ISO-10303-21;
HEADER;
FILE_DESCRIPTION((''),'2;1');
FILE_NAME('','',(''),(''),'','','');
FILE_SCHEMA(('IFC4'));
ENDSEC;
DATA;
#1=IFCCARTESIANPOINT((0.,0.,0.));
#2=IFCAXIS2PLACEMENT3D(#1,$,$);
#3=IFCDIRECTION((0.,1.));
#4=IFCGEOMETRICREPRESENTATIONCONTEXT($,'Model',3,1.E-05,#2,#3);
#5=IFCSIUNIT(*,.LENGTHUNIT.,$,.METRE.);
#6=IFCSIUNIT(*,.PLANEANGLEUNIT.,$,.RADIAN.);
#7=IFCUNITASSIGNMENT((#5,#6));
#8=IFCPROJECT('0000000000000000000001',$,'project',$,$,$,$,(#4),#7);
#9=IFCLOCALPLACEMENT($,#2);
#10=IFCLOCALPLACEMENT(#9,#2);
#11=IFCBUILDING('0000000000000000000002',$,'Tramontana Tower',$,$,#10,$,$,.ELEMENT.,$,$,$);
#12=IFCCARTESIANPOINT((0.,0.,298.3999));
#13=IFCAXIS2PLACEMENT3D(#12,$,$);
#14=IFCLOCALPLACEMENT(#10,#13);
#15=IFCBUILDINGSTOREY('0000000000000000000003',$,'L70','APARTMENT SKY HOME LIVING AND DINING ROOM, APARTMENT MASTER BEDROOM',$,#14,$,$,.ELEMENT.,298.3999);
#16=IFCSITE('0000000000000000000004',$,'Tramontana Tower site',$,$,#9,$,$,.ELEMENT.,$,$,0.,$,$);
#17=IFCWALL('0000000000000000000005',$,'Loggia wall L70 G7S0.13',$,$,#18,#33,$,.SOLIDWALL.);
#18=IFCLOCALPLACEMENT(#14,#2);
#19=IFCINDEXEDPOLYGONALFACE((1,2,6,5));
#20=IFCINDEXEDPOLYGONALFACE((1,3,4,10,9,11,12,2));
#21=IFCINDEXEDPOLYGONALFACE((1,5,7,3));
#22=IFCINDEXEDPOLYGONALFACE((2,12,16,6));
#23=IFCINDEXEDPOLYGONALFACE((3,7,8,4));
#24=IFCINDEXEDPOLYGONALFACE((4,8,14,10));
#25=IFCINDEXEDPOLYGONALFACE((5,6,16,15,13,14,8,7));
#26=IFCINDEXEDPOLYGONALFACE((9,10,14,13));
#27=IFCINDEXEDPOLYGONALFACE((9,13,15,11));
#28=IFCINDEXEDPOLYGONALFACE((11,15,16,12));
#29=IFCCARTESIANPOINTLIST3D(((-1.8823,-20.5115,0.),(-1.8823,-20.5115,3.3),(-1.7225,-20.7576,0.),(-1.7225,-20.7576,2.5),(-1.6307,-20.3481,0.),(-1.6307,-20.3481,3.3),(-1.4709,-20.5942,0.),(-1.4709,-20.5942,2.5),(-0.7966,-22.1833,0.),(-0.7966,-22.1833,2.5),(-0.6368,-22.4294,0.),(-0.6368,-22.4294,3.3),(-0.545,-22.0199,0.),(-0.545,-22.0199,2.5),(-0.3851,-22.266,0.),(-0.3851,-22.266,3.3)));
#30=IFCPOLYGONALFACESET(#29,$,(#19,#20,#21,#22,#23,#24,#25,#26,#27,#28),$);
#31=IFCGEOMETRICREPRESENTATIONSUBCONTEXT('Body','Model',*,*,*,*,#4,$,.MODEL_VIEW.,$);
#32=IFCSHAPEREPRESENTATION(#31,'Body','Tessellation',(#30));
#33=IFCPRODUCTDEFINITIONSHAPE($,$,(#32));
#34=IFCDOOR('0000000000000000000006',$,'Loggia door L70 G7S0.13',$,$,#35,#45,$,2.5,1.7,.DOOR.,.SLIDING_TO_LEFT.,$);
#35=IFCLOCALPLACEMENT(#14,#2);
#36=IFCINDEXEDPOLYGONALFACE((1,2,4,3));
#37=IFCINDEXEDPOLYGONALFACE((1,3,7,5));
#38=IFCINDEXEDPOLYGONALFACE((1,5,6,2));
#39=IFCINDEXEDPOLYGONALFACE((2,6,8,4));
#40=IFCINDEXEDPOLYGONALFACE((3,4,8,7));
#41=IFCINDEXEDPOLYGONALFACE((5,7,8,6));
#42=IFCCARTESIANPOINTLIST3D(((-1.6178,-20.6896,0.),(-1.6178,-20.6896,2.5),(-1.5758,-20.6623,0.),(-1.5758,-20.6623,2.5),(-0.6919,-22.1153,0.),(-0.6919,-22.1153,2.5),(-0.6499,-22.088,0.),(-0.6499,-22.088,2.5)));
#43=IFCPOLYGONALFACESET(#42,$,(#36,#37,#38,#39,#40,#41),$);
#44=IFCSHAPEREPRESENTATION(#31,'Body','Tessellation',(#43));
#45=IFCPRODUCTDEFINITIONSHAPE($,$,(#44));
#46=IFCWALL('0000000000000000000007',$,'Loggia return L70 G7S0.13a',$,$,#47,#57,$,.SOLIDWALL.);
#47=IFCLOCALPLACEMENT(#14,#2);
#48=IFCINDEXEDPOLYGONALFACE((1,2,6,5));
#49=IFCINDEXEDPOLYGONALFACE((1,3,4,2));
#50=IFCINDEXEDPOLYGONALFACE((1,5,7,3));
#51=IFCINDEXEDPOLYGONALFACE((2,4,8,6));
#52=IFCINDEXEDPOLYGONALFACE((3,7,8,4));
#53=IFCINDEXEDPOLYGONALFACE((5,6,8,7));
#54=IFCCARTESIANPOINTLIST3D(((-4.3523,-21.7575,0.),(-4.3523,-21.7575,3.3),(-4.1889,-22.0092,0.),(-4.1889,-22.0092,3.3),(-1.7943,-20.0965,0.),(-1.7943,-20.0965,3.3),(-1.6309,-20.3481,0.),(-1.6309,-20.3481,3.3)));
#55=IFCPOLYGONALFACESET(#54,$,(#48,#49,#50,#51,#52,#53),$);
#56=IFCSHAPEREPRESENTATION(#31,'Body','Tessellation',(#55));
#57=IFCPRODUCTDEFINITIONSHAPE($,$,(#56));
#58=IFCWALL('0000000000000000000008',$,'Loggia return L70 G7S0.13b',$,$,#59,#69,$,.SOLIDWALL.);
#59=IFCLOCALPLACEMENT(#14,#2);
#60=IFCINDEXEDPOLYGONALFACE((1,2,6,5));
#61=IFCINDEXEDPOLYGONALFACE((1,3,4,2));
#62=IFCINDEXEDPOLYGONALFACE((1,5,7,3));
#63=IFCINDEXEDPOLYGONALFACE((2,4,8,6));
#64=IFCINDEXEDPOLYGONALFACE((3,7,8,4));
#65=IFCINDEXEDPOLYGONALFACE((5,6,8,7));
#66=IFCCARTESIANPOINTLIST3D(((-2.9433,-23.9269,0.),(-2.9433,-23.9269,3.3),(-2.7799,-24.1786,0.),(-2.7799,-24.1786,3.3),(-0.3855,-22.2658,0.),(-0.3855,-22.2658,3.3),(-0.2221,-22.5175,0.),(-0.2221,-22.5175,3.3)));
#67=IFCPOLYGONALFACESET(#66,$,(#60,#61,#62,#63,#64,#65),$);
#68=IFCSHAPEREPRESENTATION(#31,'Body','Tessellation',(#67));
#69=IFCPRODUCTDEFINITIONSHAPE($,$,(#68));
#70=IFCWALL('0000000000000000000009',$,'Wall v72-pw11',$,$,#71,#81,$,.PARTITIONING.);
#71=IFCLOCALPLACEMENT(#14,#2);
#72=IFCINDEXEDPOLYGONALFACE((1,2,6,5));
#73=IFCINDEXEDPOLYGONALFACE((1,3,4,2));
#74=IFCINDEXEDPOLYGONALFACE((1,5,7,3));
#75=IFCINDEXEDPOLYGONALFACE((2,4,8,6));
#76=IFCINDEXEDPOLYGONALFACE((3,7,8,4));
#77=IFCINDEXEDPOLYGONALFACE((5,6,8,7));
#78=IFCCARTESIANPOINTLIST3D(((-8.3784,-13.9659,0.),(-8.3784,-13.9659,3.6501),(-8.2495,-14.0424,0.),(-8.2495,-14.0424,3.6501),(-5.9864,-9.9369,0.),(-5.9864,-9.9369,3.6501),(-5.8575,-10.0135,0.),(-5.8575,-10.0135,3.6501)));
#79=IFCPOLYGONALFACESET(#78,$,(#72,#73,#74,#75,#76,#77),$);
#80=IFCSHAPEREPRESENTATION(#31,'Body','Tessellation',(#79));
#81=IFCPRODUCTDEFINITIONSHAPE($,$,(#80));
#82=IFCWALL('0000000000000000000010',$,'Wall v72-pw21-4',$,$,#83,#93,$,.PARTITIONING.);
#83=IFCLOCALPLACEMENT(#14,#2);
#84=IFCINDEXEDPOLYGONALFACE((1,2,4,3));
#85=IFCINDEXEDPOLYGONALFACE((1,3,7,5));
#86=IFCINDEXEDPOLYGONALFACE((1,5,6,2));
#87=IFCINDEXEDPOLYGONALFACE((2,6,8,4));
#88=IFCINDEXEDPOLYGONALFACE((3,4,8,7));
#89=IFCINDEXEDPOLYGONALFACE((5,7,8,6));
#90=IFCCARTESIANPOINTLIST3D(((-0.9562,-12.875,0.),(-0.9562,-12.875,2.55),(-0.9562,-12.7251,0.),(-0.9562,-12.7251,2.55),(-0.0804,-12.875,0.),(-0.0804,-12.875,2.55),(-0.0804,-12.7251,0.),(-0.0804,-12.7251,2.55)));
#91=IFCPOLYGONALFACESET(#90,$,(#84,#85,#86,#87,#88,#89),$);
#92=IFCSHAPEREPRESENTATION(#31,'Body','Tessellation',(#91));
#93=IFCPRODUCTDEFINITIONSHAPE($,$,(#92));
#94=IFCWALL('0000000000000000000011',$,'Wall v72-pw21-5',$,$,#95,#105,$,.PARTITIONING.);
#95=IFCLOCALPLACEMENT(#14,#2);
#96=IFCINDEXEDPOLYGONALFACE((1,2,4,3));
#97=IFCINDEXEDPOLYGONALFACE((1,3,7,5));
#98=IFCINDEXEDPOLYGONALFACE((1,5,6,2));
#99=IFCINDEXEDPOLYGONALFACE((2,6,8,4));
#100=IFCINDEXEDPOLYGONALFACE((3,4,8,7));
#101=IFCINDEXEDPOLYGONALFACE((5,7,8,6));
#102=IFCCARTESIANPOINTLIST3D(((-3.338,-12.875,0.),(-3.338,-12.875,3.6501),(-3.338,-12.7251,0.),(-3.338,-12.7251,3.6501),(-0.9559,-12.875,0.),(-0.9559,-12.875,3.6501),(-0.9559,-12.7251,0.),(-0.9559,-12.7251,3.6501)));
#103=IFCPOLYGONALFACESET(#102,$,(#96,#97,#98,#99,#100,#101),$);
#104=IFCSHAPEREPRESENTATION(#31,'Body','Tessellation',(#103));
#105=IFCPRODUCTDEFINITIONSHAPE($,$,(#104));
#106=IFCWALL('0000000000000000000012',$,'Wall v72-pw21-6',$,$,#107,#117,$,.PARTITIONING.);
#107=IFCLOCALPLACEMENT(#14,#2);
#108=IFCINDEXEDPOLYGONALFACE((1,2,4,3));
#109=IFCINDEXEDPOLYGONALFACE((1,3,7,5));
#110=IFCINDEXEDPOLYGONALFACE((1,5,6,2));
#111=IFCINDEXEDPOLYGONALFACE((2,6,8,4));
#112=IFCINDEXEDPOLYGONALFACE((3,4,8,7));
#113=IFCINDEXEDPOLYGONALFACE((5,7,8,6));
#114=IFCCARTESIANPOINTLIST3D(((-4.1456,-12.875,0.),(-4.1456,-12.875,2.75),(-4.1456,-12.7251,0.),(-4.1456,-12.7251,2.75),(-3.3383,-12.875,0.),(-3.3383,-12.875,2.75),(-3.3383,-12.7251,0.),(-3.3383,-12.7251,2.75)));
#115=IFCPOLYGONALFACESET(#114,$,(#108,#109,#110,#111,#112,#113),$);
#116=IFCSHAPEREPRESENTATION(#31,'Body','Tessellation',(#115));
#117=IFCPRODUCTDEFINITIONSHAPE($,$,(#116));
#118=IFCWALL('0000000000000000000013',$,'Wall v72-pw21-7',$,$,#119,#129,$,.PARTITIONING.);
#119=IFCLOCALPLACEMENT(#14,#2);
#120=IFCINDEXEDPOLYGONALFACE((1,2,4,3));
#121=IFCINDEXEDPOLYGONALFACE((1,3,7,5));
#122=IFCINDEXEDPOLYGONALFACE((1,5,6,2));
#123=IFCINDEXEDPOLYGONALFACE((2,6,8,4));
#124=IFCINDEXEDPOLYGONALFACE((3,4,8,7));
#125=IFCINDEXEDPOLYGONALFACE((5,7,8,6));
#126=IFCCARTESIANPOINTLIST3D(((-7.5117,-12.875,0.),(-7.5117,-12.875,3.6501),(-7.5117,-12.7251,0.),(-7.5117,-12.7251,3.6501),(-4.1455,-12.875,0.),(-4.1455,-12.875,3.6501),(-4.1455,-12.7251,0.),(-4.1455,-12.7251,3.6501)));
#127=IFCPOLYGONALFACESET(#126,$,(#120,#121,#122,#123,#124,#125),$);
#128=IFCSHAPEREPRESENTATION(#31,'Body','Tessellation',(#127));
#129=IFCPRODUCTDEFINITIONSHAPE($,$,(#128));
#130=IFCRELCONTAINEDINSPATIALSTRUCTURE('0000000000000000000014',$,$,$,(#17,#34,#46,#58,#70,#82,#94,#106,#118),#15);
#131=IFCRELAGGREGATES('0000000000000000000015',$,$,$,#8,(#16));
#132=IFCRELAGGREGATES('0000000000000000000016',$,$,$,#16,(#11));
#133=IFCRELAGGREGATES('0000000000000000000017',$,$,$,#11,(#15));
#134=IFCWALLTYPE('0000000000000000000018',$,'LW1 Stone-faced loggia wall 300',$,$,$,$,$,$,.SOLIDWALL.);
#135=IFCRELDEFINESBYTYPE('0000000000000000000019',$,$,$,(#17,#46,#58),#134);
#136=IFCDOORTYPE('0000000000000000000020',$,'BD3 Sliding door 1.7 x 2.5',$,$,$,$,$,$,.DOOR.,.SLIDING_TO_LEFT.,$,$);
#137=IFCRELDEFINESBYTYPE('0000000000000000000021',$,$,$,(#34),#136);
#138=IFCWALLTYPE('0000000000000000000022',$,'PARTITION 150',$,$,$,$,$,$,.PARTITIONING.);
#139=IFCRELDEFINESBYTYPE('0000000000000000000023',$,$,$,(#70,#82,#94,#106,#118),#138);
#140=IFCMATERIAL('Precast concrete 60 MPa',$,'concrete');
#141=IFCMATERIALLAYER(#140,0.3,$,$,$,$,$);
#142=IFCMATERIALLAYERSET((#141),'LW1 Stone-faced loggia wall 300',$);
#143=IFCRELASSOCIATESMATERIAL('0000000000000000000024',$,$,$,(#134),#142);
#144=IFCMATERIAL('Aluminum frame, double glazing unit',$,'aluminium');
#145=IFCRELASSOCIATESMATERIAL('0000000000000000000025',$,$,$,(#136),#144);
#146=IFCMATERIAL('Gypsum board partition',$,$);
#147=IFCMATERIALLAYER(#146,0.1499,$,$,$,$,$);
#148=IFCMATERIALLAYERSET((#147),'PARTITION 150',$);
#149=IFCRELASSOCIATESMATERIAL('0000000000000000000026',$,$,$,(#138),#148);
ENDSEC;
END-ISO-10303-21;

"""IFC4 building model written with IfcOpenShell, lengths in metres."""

from ifc_helpers import new_model, si_unit, direction, frame, frame_2d, origin, place, context, subcontext, project, spatial, rectangle, extrude, material, layer, layer_set, type_object, element, fill, save


model = new_model("IFC4")

# Units and contexts
model_context = context("Model", 3, precision=1e-05, world=origin(), true_north=direction((0.0, 1.0)))
body_context = subcontext(model_context, "Body", "Model", "MODEL_VIEW")
ifc_project = project(units=[si_unit("LENGTHUNIT", "METRE"), si_unit("PLANEANGLEUNIT", "RADIAN")], contexts=[model_context])

# Site, building, storey
site_placement = place(None, origin())
site = spatial("IfcSite", under=ifc_project, at=site_placement, Name="Tramontana Tower site", CompositionType="ELEMENT", RefElevation=0.0)
building_placement = place(site_placement, origin())
building = spatial("IfcBuilding", under=site, at=building_placement, Name="Tramontana Tower", CompositionType="ELEMENT")
storey_placement = place(building_placement, frame((0.0, 0.0, 298.3999)))
storey = spatial("IfcBuildingStorey", under=building, at=storey_placement, Name="L70", Description="APARTMENT SKY HOME LIVING AND DINING ROOM, APARTMENT MASTER BEDROOM", CompositionType="ELEMENT", Elevation=298.3999)

# Wall, opening, door
ifc_material_1 = material(Name="Precast concrete 60 MPa", Category="concrete")
ifc_layer_1 = layer(ifc_material_1, 0.3)
ifc_layer_set_1 = layer_set([ifc_layer_1], Name="LW1 Stone-faced loggia wall 300")
wall_type_1 = type_object("IfcWallType", Name="LW1 Stone-faced loggia wall 300", PredefinedType="SOLIDWALL", material=ifc_layer_set_1)
wall_1_placement = place(storey_placement, frame((-1.7566, -20.4297, 0.0), z_axis=(0.0, 0.0, 1.0), x_axis=(0.544658, -0.838658, 0.0)))
wall_1 = element("IfcWall", 1, at=wall_1_placement, inside=storey, type_object=wall_type_1, Name="Loggia wall L70 G7S0.13", PredefinedType="SOLIDWALL", context=body_context, shape_type="SweptSolid", body=[
    extrude(rectangle(XDim=2.2869, YDim=0.3, at=frame_2d((1.1436, 0.0))), origin(), (0.0, 0.0, 1.0), 3.3),
])
opening_1_placement = place(wall_1_placement, frame((0.2935, 0.0, 0.0)))
opening_1 = element("IfcOpeningElement", 2, at=opening_1_placement, cuts=wall_1, PredefinedType="OPENING", context=body_context, shape_type="SweptSolid", body=[
    extrude(rectangle(XDim=1.7, YDim=2.5, at=frame_2d((0.8501, 1.25))), frame((0.0, 0.1599, 0.0), z_axis=(0.0, -1.0, 0.0), x_axis=(1.0, 0.0, 0.0)), (0.0, 0.0, 1.0), 0.3201),
])
ifc_material_2 = material(Name="Aluminum frame, double glazing unit", Category="aluminium")
door_type = type_object("IfcDoorType", Name="BD3 Sliding door 1.7 x 2.5", OperationType="SLIDING_TO_LEFT", PredefinedType="DOOR", material=ifc_material_2)
door_placement = place(opening_1_placement, origin())
door = element("IfcDoor", 3, at=door_placement, inside=storey, type_object=door_type, Name="Loggia door L70 G7S0.13", OperationType="SLIDING_TO_LEFT", OverallHeight=2.5, OverallWidth=1.7, PredefinedType="DOOR", context=body_context, shape_type="SweptSolid", body=[
    extrude(rectangle(XDim=1.7, YDim=2.5, at=frame_2d((0.8501, 1.25))), frame((0.0, 0.0249, 0.0), z_axis=(0.0, -1.0, 0.0), x_axis=(1.0, 0.0, 0.0)), (0.0, 0.0, 1.0), 0.05),
])
fill(opening_1, door)

# Walls
wall_2_placement = place(storey_placement, frame((-4.2705, -21.8833, 0.0), z_axis=(0.0, 0.0, 1.0), x_axis=(0.838689, 0.544611, 0.0)))
element("IfcWall", 4, at=wall_2_placement, inside=storey, type_object=wall_type_1, Name="Loggia return L70 G7S0.13a", PredefinedType="SOLIDWALL", context=body_context, shape_type="SweptSolid", body=[
    extrude(rectangle(XDim=3.05, YDim=0.3, at=frame_2d((1.5249, 0.0))), origin(), (0.0, 0.0, 1.0), 3.3),
])
wall_3_placement = place(storey_placement, frame((-2.8616, -24.0527, 0.0), z_axis=(0.0, 0.0, 1.0), x_axis=(0.838665, 0.544648, 0.0)))
element("IfcWall", 5, at=wall_3_placement, inside=storey, type_object=wall_type_1, Name="Loggia return L70 G7S0.13b", PredefinedType="SOLIDWALL", context=body_context, shape_type="SweptSolid", body=[
    extrude(rectangle(XDim=3.0498, YDim=0.3, at=frame_2d((1.5249, 0.0))), origin(), (0.0, 0.0, 1.0), 3.3),
])
ifc_material_3 = material(Name="Gypsum board partition")
ifc_layer_2 = layer(ifc_material_3, 0.1499)
ifc_layer_set_2 = layer_set([ifc_layer_2], Name="PARTITION 150")
wall_type_2 = type_object("IfcWallType", Name="PARTITION 150", PredefinedType="PARTITIONING", material=ifc_layer_set_2)
wall_4_placement = place(storey_placement, frame((-8.314, -14.0042, 0.0), z_axis=(0.0, 0.0, 1.0), x_axis=(0.510513, 0.85987, 0.0)))
element("IfcWall", 6, at=wall_4_placement, inside=storey, type_object=wall_type_2, Name="Wall v72-pw11", PredefinedType="PARTITIONING", context=body_context, shape_type="SweptSolid", body=[
    extrude(rectangle(XDim=4.6855, YDim=0.1499, at=frame_2d((2.3428, 0.0))), origin(), (0.0, 0.0, 1.0), 3.6501),
])
wall_5_placement = place(storey_placement, frame((-0.0803, -12.8, 0.0), z_axis=(0.0, 0.0, 1.0), x_axis=(-1.0, 0.0, 0.0)))
element("IfcWall", 7, at=wall_5_placement, inside=storey, type_object=wall_type_2, Name="Wall v72-pw21-4", PredefinedType="PARTITIONING", context=body_context, shape_type="SweptSolid", body=[
    extrude(rectangle(XDim=0.8757, YDim=0.1499, at=frame_2d((0.438, 0.0))), origin(), (0.0, 0.0, 1.0), 2.55),
])
wall_6_placement = place(storey_placement, frame((-0.9561, -12.8, 0.0), z_axis=(0.0, 0.0, 1.0), x_axis=(-1.0, 0.0, 0.0)))
element("IfcWall", 8, at=wall_6_placement, inside=storey, type_object=wall_type_2, Name="Wall v72-pw21-5", PredefinedType="PARTITIONING", context=body_context, shape_type="SweptSolid", body=[
    extrude(rectangle(XDim=2.3821, YDim=0.1499, at=frame_2d((1.1909, 0.0))), origin(), (0.0, 0.0, 1.0), 3.6501),
])
wall_7_placement = place(storey_placement, frame((-3.3381, -12.8, 0.0), z_axis=(0.0, 0.0, 1.0), x_axis=(-1.0, 0.0, 0.0)))
element("IfcWall", 9, at=wall_7_placement, inside=storey, type_object=wall_type_2, Name="Wall v72-pw21-6", PredefinedType="PARTITIONING", context=body_context, shape_type="SweptSolid", body=[
    extrude(rectangle(XDim=0.8074, YDim=0.1499, at=frame_2d((0.4038, 0.0))), origin(), (0.0, 0.0, 1.0), 2.75),
])
wall_8_placement = place(storey_placement, frame((-4.1455, -12.8, 0.0), z_axis=(0.0, 0.0, 1.0), x_axis=(-1.0, 0.0, 0.0)))
element("IfcWall", 10, at=wall_8_placement, inside=storey, type_object=wall_type_2, Name="Wall v72-pw21-7", PredefinedType="PARTITIONING", context=body_context, shape_type="SweptSolid", body=[
    extrude(rectangle(XDim=3.3662, YDim=0.1499, at=frame_2d((1.6831, 0.0))), origin(), (0.0, 0.0, 1.0), 3.6501),
])

save(model, "model.ifc")
